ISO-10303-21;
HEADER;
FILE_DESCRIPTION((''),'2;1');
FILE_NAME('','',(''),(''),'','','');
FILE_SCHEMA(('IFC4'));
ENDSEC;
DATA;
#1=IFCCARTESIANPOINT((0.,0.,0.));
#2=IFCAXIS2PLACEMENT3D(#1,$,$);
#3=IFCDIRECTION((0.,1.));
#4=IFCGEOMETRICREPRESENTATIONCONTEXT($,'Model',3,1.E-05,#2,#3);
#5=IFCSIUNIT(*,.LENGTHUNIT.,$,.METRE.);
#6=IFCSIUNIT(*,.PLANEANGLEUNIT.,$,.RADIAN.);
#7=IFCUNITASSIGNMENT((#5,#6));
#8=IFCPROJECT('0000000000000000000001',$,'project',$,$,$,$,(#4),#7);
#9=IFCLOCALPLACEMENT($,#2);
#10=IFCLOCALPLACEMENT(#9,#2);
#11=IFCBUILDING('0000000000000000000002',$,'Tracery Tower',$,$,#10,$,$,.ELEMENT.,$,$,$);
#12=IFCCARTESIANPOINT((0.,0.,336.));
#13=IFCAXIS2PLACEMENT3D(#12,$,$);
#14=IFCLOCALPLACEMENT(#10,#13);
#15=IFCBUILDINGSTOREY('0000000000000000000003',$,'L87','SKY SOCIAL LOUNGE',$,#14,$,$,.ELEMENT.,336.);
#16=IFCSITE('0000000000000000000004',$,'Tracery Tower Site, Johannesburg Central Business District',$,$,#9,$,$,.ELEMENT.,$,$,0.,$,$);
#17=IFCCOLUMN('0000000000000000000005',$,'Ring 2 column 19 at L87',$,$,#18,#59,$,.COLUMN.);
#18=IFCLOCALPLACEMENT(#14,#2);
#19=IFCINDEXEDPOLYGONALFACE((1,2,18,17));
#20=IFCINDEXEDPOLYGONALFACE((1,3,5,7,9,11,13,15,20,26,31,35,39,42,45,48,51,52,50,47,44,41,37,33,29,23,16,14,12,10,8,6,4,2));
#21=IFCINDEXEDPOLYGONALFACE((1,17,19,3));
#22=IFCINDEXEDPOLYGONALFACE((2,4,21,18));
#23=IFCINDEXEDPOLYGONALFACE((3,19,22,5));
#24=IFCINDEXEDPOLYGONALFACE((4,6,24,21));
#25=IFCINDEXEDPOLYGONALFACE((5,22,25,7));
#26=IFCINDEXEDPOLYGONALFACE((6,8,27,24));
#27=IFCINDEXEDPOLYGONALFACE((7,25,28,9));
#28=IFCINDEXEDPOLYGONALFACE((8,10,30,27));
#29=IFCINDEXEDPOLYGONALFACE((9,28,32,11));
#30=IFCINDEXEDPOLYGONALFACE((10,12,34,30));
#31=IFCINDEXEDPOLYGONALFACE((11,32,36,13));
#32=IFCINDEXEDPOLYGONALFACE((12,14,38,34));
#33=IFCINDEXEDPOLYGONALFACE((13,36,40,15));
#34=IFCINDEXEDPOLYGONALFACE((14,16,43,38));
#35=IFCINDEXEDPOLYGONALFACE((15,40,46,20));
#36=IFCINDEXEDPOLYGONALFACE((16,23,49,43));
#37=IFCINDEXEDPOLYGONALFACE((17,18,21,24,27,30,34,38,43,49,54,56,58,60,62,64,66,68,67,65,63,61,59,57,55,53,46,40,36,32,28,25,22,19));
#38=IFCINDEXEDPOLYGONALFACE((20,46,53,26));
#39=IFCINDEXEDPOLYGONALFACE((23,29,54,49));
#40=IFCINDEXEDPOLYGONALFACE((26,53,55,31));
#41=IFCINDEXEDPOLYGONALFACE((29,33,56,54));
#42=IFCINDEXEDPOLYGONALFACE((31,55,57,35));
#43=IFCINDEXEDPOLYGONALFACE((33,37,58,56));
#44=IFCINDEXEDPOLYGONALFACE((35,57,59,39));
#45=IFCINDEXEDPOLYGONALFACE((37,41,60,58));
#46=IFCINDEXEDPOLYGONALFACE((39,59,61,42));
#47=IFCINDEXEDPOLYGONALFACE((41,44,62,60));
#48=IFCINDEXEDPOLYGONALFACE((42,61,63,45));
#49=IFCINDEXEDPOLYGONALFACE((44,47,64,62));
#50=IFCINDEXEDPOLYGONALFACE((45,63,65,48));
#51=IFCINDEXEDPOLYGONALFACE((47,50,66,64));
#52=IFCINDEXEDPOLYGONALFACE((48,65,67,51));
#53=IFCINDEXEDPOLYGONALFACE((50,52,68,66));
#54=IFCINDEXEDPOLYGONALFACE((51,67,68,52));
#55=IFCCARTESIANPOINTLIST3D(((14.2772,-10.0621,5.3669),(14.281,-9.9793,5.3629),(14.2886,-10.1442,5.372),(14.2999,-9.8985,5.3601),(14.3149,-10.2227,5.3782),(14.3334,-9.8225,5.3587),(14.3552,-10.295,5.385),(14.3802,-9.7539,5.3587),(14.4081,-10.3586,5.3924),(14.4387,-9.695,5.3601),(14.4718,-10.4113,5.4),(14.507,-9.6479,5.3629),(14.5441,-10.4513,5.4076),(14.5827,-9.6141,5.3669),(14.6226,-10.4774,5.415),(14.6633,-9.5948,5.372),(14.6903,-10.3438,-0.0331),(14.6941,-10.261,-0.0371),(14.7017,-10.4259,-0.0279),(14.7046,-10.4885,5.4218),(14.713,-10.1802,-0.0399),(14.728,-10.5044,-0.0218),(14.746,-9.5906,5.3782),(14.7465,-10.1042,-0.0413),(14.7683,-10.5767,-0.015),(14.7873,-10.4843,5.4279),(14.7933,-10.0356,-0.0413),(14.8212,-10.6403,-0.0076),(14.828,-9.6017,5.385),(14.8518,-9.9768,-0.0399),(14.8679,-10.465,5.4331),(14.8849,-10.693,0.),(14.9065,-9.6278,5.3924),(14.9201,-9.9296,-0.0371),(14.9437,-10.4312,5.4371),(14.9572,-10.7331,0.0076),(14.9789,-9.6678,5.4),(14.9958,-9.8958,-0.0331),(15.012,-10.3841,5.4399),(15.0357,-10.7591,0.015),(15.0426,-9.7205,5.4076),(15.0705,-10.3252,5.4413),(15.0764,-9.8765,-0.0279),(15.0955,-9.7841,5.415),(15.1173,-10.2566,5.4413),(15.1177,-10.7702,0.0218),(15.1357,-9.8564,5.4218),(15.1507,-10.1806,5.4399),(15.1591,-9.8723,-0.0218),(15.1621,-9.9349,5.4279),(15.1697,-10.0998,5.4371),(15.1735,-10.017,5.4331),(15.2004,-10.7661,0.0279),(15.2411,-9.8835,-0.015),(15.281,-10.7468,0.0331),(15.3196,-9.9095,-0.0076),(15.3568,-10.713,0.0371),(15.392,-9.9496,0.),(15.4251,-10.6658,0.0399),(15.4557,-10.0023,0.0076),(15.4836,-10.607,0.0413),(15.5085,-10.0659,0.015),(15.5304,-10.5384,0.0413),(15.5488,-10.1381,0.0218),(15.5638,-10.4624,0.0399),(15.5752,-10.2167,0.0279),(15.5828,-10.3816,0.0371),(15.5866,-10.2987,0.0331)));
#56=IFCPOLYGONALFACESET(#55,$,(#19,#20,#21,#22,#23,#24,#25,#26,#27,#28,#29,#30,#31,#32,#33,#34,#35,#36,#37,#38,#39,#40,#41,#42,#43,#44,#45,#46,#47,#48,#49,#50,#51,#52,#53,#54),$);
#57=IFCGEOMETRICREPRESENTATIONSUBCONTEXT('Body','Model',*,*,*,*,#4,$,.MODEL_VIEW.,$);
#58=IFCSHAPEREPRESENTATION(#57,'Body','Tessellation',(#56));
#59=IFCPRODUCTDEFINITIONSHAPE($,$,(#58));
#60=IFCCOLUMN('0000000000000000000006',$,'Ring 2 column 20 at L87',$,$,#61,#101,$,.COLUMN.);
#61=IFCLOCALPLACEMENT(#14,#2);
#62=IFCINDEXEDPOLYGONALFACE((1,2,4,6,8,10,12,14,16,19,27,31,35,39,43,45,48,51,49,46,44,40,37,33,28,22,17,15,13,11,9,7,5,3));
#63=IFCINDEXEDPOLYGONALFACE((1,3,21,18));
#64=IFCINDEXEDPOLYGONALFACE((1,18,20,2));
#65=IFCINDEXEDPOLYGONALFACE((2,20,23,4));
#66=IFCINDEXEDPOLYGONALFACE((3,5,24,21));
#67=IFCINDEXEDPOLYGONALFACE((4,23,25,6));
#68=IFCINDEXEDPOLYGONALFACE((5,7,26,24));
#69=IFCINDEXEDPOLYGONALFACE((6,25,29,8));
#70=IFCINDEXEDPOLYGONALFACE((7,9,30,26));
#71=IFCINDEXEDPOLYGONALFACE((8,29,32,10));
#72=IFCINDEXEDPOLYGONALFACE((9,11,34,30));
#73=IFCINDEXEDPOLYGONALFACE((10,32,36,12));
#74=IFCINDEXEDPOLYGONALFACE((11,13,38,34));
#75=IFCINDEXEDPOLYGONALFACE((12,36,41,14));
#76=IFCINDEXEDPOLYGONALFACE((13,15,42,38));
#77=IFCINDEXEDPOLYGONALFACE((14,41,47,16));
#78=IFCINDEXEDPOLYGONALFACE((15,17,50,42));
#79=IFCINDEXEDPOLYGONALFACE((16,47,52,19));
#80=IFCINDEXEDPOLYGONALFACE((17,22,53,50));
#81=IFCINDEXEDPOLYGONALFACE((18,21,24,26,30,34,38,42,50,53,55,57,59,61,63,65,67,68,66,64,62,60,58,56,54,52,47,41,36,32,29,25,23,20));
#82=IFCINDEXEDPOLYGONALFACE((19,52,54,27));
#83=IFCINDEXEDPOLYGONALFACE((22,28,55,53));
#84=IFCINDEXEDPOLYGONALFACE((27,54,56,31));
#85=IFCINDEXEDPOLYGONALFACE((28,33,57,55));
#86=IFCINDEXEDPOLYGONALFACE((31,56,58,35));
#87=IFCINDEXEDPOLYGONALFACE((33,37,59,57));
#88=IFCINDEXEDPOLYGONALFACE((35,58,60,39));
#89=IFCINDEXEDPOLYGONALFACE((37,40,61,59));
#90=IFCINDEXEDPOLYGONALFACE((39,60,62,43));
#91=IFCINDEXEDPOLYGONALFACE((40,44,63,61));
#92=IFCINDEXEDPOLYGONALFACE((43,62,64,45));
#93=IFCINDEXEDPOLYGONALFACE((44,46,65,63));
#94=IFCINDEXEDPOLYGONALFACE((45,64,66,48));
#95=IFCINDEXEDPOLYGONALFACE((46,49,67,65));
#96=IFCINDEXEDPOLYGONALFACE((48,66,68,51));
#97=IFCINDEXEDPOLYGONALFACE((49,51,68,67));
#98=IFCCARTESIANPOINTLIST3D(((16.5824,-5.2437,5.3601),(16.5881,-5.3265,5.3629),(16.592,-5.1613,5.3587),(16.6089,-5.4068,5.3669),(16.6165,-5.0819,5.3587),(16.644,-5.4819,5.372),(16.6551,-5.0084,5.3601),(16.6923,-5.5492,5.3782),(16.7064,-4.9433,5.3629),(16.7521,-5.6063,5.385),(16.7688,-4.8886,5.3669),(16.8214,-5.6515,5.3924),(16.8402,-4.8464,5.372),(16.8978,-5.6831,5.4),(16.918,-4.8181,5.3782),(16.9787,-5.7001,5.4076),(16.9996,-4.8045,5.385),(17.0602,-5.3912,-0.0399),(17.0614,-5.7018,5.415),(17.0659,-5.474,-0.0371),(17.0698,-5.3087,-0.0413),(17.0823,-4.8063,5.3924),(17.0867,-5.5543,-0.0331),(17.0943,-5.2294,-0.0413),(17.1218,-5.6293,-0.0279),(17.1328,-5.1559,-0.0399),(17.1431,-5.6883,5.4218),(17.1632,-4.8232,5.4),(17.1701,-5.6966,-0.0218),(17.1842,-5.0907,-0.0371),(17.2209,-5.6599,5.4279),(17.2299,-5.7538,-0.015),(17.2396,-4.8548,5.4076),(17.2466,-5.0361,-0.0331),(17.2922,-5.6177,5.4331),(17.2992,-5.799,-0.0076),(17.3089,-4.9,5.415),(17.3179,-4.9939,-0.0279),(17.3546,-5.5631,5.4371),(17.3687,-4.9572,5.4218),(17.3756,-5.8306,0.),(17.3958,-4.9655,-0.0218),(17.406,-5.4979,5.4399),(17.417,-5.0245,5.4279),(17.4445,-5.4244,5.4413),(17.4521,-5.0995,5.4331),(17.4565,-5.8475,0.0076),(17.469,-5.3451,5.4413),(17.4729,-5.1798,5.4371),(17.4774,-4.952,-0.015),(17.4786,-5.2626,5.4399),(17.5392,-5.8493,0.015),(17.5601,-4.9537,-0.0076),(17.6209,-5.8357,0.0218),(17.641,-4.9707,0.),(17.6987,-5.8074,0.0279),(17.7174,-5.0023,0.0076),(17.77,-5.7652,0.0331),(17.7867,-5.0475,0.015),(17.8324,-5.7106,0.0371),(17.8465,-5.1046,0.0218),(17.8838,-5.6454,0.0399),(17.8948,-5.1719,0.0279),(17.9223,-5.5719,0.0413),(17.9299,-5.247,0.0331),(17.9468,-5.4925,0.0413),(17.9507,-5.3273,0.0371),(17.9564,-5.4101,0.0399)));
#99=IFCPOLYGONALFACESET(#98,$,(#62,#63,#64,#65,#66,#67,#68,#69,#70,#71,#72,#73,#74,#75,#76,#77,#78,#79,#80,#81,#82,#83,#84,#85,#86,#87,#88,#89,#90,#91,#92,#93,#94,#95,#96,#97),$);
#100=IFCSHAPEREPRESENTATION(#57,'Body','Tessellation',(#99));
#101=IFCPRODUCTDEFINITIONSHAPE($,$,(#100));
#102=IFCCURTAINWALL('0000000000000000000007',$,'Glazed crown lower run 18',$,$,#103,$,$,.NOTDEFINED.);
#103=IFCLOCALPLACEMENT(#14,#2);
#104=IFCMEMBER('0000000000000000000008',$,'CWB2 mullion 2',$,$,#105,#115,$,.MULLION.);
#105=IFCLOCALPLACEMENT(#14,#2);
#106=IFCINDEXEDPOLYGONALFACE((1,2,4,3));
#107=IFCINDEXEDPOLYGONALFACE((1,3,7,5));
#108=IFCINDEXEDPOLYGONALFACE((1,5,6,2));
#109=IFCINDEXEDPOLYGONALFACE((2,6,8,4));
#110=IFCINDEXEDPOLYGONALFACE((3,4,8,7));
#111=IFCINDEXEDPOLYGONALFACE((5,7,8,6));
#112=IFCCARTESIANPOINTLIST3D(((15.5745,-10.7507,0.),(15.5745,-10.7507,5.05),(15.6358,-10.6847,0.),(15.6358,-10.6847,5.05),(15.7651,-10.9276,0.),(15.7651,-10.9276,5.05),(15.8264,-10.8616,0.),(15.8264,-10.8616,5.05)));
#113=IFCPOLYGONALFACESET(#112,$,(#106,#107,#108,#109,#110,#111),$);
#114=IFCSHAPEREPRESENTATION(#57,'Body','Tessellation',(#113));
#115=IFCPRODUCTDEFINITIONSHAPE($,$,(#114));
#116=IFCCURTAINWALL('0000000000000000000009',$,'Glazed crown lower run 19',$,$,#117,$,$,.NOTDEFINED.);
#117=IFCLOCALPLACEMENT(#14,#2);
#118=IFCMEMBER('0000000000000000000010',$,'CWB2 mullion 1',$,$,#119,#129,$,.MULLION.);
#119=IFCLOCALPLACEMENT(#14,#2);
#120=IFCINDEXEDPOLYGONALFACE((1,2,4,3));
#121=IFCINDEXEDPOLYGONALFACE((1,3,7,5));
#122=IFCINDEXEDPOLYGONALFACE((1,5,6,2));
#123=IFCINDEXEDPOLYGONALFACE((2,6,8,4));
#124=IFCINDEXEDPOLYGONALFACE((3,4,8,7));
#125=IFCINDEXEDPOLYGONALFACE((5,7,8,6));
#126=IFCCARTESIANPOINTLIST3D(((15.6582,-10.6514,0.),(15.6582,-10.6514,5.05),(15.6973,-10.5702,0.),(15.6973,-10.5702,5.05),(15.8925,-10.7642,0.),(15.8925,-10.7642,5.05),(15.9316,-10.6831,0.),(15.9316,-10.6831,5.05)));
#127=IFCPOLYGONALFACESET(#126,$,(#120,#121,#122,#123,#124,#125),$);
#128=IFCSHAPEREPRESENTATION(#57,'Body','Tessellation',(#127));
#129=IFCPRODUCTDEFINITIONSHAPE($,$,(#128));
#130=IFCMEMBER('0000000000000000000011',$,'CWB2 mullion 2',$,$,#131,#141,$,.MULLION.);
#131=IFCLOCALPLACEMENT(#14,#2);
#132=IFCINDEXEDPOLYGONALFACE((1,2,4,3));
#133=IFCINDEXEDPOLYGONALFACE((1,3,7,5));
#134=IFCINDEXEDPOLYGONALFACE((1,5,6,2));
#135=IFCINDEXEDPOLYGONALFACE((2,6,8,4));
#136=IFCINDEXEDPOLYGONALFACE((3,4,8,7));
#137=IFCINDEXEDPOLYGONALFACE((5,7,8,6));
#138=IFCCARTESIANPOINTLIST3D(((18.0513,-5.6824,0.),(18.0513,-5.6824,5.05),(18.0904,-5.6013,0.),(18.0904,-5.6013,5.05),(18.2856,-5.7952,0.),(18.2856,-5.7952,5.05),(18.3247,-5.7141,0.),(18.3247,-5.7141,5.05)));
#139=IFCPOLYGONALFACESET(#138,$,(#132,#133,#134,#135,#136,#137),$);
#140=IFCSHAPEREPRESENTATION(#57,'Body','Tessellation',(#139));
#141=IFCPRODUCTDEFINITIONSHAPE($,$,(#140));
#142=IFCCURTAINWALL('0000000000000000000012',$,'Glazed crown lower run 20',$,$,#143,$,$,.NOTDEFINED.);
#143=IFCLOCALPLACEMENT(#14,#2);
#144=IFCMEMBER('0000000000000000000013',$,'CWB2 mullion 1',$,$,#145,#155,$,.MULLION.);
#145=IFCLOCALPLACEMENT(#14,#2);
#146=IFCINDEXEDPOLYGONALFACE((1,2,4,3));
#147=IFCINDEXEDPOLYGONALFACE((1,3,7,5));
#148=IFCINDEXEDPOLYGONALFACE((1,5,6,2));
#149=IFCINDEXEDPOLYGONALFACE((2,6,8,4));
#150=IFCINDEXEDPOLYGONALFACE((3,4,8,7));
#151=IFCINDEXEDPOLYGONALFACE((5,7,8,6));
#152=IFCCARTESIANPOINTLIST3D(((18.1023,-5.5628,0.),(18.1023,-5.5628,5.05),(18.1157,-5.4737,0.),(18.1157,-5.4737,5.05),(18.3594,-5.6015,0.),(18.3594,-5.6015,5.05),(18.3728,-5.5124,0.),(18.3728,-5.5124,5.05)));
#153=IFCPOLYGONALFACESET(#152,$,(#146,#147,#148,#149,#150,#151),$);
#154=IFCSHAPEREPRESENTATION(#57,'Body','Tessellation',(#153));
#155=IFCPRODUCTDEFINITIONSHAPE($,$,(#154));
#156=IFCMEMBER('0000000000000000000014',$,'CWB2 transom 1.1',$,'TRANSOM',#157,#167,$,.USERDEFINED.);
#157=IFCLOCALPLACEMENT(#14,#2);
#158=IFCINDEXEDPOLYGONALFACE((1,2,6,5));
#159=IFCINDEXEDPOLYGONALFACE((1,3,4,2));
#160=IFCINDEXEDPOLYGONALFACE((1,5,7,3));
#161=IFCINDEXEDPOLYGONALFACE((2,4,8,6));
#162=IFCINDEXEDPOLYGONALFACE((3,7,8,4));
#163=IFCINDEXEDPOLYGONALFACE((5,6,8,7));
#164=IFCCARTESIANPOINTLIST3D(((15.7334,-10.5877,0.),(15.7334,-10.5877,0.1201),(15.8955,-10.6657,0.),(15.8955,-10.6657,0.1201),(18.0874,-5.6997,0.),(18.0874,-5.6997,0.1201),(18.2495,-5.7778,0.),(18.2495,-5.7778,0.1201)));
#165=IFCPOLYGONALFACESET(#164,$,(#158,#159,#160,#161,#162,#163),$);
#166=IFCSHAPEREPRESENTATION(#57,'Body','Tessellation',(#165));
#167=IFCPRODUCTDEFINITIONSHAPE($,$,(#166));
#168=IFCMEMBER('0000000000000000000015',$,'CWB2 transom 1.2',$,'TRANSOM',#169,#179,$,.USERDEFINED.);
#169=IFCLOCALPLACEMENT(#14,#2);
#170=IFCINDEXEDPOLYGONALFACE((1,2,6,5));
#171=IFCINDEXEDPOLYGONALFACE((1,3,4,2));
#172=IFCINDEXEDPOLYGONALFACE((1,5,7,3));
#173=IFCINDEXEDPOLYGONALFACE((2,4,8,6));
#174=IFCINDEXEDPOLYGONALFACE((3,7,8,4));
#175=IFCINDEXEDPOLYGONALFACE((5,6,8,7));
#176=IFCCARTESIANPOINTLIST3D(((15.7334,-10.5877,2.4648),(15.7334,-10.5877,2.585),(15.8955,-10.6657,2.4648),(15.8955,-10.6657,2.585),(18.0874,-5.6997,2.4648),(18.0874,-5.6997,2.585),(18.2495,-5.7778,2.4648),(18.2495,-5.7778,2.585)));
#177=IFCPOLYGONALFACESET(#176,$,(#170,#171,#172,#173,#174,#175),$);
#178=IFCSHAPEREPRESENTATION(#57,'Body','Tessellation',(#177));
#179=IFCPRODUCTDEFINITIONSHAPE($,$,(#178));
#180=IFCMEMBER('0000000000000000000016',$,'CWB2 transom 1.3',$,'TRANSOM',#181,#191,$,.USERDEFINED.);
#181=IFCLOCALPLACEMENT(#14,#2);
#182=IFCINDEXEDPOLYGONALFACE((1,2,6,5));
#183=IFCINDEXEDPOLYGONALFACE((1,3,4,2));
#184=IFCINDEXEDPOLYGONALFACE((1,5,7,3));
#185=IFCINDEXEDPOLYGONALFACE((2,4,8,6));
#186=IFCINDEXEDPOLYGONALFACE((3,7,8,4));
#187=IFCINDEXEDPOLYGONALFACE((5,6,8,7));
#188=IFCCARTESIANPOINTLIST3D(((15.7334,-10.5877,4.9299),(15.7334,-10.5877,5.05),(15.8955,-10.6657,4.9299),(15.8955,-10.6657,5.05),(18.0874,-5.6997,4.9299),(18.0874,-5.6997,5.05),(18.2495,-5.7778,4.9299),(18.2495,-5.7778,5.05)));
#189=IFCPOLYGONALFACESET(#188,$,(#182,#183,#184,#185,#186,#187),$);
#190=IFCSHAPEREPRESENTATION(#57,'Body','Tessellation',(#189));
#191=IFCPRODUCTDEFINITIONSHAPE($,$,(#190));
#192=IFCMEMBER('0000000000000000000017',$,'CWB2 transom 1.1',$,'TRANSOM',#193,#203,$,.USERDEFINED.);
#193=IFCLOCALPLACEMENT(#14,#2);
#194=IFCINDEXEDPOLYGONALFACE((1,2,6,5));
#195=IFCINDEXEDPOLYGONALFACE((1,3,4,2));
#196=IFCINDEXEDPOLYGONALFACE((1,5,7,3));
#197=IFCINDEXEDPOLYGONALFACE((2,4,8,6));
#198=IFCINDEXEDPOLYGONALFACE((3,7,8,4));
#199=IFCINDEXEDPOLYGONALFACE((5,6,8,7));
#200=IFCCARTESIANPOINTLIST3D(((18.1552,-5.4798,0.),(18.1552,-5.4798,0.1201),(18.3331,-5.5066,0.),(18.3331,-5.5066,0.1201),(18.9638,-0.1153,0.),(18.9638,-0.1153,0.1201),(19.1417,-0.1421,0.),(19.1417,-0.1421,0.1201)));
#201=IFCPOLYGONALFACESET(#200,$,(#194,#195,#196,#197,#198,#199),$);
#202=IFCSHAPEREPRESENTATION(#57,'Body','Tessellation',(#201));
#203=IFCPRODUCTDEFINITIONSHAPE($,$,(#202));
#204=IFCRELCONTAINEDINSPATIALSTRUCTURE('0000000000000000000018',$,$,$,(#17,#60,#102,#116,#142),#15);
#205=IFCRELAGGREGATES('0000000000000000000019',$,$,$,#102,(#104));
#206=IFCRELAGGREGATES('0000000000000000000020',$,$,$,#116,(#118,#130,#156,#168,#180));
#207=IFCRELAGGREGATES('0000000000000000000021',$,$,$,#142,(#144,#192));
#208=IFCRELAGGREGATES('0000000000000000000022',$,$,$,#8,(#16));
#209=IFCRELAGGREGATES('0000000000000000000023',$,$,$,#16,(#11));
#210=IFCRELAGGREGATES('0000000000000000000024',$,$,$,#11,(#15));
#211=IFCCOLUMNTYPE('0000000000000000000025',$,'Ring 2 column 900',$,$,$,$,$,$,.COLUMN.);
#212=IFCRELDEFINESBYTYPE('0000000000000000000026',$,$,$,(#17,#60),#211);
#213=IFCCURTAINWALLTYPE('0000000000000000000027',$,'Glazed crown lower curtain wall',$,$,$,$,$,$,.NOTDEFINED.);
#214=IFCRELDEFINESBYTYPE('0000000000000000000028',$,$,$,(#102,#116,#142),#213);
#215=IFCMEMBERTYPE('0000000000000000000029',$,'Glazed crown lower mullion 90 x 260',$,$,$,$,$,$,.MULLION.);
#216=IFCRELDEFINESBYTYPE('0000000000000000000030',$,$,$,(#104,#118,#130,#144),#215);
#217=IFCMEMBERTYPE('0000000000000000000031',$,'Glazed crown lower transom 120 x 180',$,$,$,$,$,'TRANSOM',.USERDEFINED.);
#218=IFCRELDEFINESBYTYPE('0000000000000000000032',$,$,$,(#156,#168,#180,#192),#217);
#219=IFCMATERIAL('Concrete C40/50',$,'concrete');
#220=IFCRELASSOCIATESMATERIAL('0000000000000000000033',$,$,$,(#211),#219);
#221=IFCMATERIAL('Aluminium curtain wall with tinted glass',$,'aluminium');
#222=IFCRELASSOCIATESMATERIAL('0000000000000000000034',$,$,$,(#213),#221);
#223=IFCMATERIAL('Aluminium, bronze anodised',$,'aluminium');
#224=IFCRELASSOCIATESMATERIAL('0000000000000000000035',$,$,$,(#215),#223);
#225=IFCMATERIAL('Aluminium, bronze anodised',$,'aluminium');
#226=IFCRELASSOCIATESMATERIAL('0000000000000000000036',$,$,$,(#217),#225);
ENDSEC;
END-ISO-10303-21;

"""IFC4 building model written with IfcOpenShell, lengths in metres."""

from ifc_helpers import new_model, si_unit, direction, frame, origin, origin_2d, place, context, subcontext, project, spatial, rectangle, circle, extrude, material, material_profile, profile_set, type_object, element, aggregate, save


model = new_model("IFC4")

# Units and contexts
model_context = context("Model", 3, precision=1e-05, world=origin(), true_north=direction((0.0, 1.0)))
body_context = subcontext(model_context, "Body", "Model", "MODEL_VIEW")
ifc_project = project(units=[si_unit("LENGTHUNIT", "METRE"), si_unit("PLANEANGLEUNIT", "RADIAN")], contexts=[model_context])

# Site, building, storey
site_placement = place(None, origin())
site = spatial("IfcSite", under=ifc_project, at=site_placement, Name="Tracery Tower Site, Johannesburg Central Business District", CompositionType="ELEMENT", RefElevation=0.0)
building_placement = place(site_placement, origin())
building = spatial("IfcBuilding", under=site, at=building_placement, Name="Tracery Tower", CompositionType="ELEMENT")
storey_placement = place(building_placement, frame((0.0, 0.0, 336.0)))
storey = spatial("IfcBuildingStorey", under=building, at=storey_placement, Name="L87", Description="SKY SOCIAL LOUNGE", CompositionType="ELEMENT", Elevation=336.0)

# Columns
ifc_material_1 = material(Name="Concrete C40/50", Category="concrete")
ifc_material_profile_1 = material_profile(ifc_material_1, circle(Radius=0.45, at=origin_2d()), Name="RC D900")
ifc_profile_set_1 = profile_set([ifc_material_profile_1], Name="Concrete C40/50")
column_type = type_object("IfcColumnType", Name="Ring 2 column 900", PredefinedType="COLUMN", material=ifc_profile_set_1)
for number, where, z_axis, x_axis, name in (
    (1, (15.1384, -10.3213, 0.0), (-0.076173, 0.051952, 0.99574), (-0.563458, -0.826145, 0.0), "Ring 2 column 19 at L87"),
    (2, (17.5083, -5.4006, 0.0), (-0.088103, 0.027192, 0.99574), (-0.294909, -0.955525, 0.0), "Ring 2 column 20 at L87"),
):
    element("IfcColumn", number, at=place(storey_placement, frame(where, z_axis=z_axis, x_axis=x_axis)), inside=storey, type_object=column_type, Name=name, PredefinedType="COLUMN", context=body_context, shape_type="SweptSolid", body=[
        extrude(circle(Radius=0.45, at=origin_2d()), origin(), (0.0, 0.0, 1.0), 5.4231),
    ])

# Curtain wall, member
ifc_material_2 = material(Name="Aluminium curtain wall with tinted glass", Category="aluminium")
curtain_wall_type = type_object("IfcCurtainWallType", Name="Glazed crown lower curtain wall", PredefinedType="NOTDEFINED", material=ifc_material_2)
curtain_wall_1_placement = place(storey_placement, origin())
curtain_wall_1 = element("IfcCurtainWall", 3, at=curtain_wall_1_placement, inside=storey, type_object=curtain_wall_type, Name="Glazed crown lower run 18", PredefinedType="NOTDEFINED")
ifc_material_3 = material(Name="Aluminium, bronze anodised", Category="aluminium")
ifc_material_profile_2 = material_profile(ifc_material_3, rectangle(XDim=0.26, YDim=0.0901, at=origin_2d()), Name="Glazed crown lower mullion 90 x 260")
ifc_profile_set_2 = profile_set([ifc_material_profile_2], Name="Aluminium, bronze anodised")
member_type_1 = type_object("IfcMemberType", Name="Glazed crown lower mullion 90 x 260", PredefinedType="MULLION", material=ifc_profile_set_2)
member_1_placement = place(storey_placement, frame((15.7004, -10.8062, 0.0), z_axis=(0.0, 0.0, 1.0), x_axis=(-0.733044, 0.680181, 0.0)))
member_1 = element("IfcMember", 4, at=member_1_placement, type_object=member_type_1, Name="CWB2 mullion 2", PredefinedType="MULLION", context=body_context, shape_type="SweptSolid", body=[
    extrude(rectangle(XDim=0.26, YDim=0.0901, at=origin_2d()), origin(), (0.0, 0.0, 1.0), 5.05),
])
aggregate(curtain_wall_1, [member_1])

# Curtain wall, members
curtain_wall_2_placement = place(storey_placement, origin())
curtain_wall_2 = element("IfcCurtainWall", 5, at=curtain_wall_2_placement, inside=storey, type_object=curtain_wall_type, Name="Glazed crown lower run 19", PredefinedType="NOTDEFINED")
member_2_placement = place(storey_placement, frame((15.7949, -10.6672, 0.0), z_axis=(0.0, 0.0, 1.0), x_axis=(-0.900966, 0.433891, 0.0)))
member_2 = element("IfcMember", 6, at=member_2_placement, type_object=member_type_1, Name="CWB2 mullion 1", PredefinedType="MULLION", context=body_context, shape_type="SweptSolid", body=[
    extrude(rectangle(XDim=0.26, YDim=0.0901, at=origin_2d()), origin(), (0.0, 0.0, 1.0), 5.05),
])
member_3_placement = place(storey_placement, frame((18.188, -5.6982, 0.0), z_axis=(0.0, 0.0, 1.0), x_axis=(-0.900966, 0.433891, 0.0)))
member_3 = element("IfcMember", 7, at=member_3_placement, type_object=member_type_1, Name="CWB2 mullion 2", PredefinedType="MULLION", context=body_context, shape_type="SweptSolid", body=[
    extrude(rectangle(XDim=0.26, YDim=0.0901, at=origin_2d()), origin(), (0.0, 0.0, 1.0), 5.05),
])

# Curtain wall, member
curtain_wall_3_placement = place(storey_placement, origin())
curtain_wall_3 = element("IfcCurtainWall", 8, at=curtain_wall_3_placement, inside=storey, type_object=curtain_wall_type, Name="Glazed crown lower run 20", PredefinedType="NOTDEFINED")
member_4_placement = place(storey_placement, frame((18.2375, -5.5376, 0.0), z_axis=(0.0, 0.0, 1.0), x_axis=(-0.988831, 0.149043, 0.0)))
member_4 = element("IfcMember", 9, at=member_4_placement, type_object=member_type_1, Name="CWB2 mullion 1", PredefinedType="MULLION", context=body_context, shape_type="SweptSolid", body=[
    extrude(rectangle(XDim=0.26, YDim=0.0901, at=origin_2d()), origin(), (0.0, 0.0, 1.0), 5.05),
])

# Members
ifc_material_4 = material(Name="Aluminium, bronze anodised", Category="aluminium")
ifc_material_profile_3 = material_profile(ifc_material_4, rectangle(XDim=0.1799, YDim=0.1201, at=origin_2d()), Name="Glazed crown lower transom 120 x 180")
ifc_profile_set_3 = profile_set([ifc_material_profile_3], Name="Aluminium, bronze anodised")
member_type_2 = type_object("IfcMemberType", Name="Glazed crown lower transom 120 x 180", ElementType="TRANSOM", PredefinedType="USERDEFINED", material=ifc_profile_set_3)
member_5_placement = place(storey_placement, frame((15.8145, -10.6267, 0.0601), z_axis=(0.433898, 0.900962, 0.0), x_axis=(-0.900962, 0.433898, 0.0)))
member_5 = element("IfcMember", 10, at=member_5_placement, type_object=member_type_2, Name="CWB2 transom 1.1", ObjectType="TRANSOM", PredefinedType="USERDEFINED", context=body_context, shape_type="SweptSolid", body=[
    extrude(rectangle(XDim=0.1799, YDim=0.1201, at=origin_2d()), origin(), (0.0, 0.0, 1.0), 5.4253),
])
member_6_placement = place(storey_placement, frame((15.8145, -10.6267, 2.5249), z_axis=(0.433898, 0.900962, 0.0), x_axis=(-0.900962, 0.433898, 0.0)))
member_6 = element("IfcMember", 11, at=member_6_placement, type_object=member_type_2, Name="CWB2 transom 1.2", ObjectType="TRANSOM", PredefinedType="USERDEFINED", context=body_context, shape_type="SweptSolid", body=[
    extrude(rectangle(XDim=0.1799, YDim=0.1201, at=origin_2d()), origin(), (0.0, 0.0, 1.0), 5.4253),
])
member_7_placement = place(storey_placement, frame((15.8145, -10.6267, 4.99), z_axis=(0.433898, 0.900962, 0.0), x_axis=(-0.900962, 0.433898, 0.0)))
member_7 = element("IfcMember", 12, at=member_7_placement, type_object=member_type_2, Name="CWB2 transom 1.3", ObjectType="TRANSOM", PredefinedType="USERDEFINED", context=body_context, shape_type="SweptSolid", body=[
    extrude(rectangle(XDim=0.1799, YDim=0.1201, at=origin_2d()), origin(), (0.0, 0.0, 1.0), 5.4253),
])
member_8_placement = place(storey_placement, frame((18.2441, -5.4932, 0.0601), z_axis=(0.149047, 0.98883, 0.0), x_axis=(-0.98883, 0.149047, 0.0)))
member_8 = element("IfcMember", 13, at=member_8_placement, type_object=member_type_2, Name="CWB2 transom 1.1", ObjectType="TRANSOM", PredefinedType="USERDEFINED", context=body_context, shape_type="SweptSolid", body=[
    extrude(rectangle(XDim=0.1799, YDim=0.1201, at=origin_2d()), origin(), (0.0, 0.0, 1.0), 5.425),
])

aggregate(curtain_wall_2, [member_2, member_3, member_5, member_6, member_7])
aggregate(curtain_wall_3, [member_4, member_8])

save(model, "model.ifc")
